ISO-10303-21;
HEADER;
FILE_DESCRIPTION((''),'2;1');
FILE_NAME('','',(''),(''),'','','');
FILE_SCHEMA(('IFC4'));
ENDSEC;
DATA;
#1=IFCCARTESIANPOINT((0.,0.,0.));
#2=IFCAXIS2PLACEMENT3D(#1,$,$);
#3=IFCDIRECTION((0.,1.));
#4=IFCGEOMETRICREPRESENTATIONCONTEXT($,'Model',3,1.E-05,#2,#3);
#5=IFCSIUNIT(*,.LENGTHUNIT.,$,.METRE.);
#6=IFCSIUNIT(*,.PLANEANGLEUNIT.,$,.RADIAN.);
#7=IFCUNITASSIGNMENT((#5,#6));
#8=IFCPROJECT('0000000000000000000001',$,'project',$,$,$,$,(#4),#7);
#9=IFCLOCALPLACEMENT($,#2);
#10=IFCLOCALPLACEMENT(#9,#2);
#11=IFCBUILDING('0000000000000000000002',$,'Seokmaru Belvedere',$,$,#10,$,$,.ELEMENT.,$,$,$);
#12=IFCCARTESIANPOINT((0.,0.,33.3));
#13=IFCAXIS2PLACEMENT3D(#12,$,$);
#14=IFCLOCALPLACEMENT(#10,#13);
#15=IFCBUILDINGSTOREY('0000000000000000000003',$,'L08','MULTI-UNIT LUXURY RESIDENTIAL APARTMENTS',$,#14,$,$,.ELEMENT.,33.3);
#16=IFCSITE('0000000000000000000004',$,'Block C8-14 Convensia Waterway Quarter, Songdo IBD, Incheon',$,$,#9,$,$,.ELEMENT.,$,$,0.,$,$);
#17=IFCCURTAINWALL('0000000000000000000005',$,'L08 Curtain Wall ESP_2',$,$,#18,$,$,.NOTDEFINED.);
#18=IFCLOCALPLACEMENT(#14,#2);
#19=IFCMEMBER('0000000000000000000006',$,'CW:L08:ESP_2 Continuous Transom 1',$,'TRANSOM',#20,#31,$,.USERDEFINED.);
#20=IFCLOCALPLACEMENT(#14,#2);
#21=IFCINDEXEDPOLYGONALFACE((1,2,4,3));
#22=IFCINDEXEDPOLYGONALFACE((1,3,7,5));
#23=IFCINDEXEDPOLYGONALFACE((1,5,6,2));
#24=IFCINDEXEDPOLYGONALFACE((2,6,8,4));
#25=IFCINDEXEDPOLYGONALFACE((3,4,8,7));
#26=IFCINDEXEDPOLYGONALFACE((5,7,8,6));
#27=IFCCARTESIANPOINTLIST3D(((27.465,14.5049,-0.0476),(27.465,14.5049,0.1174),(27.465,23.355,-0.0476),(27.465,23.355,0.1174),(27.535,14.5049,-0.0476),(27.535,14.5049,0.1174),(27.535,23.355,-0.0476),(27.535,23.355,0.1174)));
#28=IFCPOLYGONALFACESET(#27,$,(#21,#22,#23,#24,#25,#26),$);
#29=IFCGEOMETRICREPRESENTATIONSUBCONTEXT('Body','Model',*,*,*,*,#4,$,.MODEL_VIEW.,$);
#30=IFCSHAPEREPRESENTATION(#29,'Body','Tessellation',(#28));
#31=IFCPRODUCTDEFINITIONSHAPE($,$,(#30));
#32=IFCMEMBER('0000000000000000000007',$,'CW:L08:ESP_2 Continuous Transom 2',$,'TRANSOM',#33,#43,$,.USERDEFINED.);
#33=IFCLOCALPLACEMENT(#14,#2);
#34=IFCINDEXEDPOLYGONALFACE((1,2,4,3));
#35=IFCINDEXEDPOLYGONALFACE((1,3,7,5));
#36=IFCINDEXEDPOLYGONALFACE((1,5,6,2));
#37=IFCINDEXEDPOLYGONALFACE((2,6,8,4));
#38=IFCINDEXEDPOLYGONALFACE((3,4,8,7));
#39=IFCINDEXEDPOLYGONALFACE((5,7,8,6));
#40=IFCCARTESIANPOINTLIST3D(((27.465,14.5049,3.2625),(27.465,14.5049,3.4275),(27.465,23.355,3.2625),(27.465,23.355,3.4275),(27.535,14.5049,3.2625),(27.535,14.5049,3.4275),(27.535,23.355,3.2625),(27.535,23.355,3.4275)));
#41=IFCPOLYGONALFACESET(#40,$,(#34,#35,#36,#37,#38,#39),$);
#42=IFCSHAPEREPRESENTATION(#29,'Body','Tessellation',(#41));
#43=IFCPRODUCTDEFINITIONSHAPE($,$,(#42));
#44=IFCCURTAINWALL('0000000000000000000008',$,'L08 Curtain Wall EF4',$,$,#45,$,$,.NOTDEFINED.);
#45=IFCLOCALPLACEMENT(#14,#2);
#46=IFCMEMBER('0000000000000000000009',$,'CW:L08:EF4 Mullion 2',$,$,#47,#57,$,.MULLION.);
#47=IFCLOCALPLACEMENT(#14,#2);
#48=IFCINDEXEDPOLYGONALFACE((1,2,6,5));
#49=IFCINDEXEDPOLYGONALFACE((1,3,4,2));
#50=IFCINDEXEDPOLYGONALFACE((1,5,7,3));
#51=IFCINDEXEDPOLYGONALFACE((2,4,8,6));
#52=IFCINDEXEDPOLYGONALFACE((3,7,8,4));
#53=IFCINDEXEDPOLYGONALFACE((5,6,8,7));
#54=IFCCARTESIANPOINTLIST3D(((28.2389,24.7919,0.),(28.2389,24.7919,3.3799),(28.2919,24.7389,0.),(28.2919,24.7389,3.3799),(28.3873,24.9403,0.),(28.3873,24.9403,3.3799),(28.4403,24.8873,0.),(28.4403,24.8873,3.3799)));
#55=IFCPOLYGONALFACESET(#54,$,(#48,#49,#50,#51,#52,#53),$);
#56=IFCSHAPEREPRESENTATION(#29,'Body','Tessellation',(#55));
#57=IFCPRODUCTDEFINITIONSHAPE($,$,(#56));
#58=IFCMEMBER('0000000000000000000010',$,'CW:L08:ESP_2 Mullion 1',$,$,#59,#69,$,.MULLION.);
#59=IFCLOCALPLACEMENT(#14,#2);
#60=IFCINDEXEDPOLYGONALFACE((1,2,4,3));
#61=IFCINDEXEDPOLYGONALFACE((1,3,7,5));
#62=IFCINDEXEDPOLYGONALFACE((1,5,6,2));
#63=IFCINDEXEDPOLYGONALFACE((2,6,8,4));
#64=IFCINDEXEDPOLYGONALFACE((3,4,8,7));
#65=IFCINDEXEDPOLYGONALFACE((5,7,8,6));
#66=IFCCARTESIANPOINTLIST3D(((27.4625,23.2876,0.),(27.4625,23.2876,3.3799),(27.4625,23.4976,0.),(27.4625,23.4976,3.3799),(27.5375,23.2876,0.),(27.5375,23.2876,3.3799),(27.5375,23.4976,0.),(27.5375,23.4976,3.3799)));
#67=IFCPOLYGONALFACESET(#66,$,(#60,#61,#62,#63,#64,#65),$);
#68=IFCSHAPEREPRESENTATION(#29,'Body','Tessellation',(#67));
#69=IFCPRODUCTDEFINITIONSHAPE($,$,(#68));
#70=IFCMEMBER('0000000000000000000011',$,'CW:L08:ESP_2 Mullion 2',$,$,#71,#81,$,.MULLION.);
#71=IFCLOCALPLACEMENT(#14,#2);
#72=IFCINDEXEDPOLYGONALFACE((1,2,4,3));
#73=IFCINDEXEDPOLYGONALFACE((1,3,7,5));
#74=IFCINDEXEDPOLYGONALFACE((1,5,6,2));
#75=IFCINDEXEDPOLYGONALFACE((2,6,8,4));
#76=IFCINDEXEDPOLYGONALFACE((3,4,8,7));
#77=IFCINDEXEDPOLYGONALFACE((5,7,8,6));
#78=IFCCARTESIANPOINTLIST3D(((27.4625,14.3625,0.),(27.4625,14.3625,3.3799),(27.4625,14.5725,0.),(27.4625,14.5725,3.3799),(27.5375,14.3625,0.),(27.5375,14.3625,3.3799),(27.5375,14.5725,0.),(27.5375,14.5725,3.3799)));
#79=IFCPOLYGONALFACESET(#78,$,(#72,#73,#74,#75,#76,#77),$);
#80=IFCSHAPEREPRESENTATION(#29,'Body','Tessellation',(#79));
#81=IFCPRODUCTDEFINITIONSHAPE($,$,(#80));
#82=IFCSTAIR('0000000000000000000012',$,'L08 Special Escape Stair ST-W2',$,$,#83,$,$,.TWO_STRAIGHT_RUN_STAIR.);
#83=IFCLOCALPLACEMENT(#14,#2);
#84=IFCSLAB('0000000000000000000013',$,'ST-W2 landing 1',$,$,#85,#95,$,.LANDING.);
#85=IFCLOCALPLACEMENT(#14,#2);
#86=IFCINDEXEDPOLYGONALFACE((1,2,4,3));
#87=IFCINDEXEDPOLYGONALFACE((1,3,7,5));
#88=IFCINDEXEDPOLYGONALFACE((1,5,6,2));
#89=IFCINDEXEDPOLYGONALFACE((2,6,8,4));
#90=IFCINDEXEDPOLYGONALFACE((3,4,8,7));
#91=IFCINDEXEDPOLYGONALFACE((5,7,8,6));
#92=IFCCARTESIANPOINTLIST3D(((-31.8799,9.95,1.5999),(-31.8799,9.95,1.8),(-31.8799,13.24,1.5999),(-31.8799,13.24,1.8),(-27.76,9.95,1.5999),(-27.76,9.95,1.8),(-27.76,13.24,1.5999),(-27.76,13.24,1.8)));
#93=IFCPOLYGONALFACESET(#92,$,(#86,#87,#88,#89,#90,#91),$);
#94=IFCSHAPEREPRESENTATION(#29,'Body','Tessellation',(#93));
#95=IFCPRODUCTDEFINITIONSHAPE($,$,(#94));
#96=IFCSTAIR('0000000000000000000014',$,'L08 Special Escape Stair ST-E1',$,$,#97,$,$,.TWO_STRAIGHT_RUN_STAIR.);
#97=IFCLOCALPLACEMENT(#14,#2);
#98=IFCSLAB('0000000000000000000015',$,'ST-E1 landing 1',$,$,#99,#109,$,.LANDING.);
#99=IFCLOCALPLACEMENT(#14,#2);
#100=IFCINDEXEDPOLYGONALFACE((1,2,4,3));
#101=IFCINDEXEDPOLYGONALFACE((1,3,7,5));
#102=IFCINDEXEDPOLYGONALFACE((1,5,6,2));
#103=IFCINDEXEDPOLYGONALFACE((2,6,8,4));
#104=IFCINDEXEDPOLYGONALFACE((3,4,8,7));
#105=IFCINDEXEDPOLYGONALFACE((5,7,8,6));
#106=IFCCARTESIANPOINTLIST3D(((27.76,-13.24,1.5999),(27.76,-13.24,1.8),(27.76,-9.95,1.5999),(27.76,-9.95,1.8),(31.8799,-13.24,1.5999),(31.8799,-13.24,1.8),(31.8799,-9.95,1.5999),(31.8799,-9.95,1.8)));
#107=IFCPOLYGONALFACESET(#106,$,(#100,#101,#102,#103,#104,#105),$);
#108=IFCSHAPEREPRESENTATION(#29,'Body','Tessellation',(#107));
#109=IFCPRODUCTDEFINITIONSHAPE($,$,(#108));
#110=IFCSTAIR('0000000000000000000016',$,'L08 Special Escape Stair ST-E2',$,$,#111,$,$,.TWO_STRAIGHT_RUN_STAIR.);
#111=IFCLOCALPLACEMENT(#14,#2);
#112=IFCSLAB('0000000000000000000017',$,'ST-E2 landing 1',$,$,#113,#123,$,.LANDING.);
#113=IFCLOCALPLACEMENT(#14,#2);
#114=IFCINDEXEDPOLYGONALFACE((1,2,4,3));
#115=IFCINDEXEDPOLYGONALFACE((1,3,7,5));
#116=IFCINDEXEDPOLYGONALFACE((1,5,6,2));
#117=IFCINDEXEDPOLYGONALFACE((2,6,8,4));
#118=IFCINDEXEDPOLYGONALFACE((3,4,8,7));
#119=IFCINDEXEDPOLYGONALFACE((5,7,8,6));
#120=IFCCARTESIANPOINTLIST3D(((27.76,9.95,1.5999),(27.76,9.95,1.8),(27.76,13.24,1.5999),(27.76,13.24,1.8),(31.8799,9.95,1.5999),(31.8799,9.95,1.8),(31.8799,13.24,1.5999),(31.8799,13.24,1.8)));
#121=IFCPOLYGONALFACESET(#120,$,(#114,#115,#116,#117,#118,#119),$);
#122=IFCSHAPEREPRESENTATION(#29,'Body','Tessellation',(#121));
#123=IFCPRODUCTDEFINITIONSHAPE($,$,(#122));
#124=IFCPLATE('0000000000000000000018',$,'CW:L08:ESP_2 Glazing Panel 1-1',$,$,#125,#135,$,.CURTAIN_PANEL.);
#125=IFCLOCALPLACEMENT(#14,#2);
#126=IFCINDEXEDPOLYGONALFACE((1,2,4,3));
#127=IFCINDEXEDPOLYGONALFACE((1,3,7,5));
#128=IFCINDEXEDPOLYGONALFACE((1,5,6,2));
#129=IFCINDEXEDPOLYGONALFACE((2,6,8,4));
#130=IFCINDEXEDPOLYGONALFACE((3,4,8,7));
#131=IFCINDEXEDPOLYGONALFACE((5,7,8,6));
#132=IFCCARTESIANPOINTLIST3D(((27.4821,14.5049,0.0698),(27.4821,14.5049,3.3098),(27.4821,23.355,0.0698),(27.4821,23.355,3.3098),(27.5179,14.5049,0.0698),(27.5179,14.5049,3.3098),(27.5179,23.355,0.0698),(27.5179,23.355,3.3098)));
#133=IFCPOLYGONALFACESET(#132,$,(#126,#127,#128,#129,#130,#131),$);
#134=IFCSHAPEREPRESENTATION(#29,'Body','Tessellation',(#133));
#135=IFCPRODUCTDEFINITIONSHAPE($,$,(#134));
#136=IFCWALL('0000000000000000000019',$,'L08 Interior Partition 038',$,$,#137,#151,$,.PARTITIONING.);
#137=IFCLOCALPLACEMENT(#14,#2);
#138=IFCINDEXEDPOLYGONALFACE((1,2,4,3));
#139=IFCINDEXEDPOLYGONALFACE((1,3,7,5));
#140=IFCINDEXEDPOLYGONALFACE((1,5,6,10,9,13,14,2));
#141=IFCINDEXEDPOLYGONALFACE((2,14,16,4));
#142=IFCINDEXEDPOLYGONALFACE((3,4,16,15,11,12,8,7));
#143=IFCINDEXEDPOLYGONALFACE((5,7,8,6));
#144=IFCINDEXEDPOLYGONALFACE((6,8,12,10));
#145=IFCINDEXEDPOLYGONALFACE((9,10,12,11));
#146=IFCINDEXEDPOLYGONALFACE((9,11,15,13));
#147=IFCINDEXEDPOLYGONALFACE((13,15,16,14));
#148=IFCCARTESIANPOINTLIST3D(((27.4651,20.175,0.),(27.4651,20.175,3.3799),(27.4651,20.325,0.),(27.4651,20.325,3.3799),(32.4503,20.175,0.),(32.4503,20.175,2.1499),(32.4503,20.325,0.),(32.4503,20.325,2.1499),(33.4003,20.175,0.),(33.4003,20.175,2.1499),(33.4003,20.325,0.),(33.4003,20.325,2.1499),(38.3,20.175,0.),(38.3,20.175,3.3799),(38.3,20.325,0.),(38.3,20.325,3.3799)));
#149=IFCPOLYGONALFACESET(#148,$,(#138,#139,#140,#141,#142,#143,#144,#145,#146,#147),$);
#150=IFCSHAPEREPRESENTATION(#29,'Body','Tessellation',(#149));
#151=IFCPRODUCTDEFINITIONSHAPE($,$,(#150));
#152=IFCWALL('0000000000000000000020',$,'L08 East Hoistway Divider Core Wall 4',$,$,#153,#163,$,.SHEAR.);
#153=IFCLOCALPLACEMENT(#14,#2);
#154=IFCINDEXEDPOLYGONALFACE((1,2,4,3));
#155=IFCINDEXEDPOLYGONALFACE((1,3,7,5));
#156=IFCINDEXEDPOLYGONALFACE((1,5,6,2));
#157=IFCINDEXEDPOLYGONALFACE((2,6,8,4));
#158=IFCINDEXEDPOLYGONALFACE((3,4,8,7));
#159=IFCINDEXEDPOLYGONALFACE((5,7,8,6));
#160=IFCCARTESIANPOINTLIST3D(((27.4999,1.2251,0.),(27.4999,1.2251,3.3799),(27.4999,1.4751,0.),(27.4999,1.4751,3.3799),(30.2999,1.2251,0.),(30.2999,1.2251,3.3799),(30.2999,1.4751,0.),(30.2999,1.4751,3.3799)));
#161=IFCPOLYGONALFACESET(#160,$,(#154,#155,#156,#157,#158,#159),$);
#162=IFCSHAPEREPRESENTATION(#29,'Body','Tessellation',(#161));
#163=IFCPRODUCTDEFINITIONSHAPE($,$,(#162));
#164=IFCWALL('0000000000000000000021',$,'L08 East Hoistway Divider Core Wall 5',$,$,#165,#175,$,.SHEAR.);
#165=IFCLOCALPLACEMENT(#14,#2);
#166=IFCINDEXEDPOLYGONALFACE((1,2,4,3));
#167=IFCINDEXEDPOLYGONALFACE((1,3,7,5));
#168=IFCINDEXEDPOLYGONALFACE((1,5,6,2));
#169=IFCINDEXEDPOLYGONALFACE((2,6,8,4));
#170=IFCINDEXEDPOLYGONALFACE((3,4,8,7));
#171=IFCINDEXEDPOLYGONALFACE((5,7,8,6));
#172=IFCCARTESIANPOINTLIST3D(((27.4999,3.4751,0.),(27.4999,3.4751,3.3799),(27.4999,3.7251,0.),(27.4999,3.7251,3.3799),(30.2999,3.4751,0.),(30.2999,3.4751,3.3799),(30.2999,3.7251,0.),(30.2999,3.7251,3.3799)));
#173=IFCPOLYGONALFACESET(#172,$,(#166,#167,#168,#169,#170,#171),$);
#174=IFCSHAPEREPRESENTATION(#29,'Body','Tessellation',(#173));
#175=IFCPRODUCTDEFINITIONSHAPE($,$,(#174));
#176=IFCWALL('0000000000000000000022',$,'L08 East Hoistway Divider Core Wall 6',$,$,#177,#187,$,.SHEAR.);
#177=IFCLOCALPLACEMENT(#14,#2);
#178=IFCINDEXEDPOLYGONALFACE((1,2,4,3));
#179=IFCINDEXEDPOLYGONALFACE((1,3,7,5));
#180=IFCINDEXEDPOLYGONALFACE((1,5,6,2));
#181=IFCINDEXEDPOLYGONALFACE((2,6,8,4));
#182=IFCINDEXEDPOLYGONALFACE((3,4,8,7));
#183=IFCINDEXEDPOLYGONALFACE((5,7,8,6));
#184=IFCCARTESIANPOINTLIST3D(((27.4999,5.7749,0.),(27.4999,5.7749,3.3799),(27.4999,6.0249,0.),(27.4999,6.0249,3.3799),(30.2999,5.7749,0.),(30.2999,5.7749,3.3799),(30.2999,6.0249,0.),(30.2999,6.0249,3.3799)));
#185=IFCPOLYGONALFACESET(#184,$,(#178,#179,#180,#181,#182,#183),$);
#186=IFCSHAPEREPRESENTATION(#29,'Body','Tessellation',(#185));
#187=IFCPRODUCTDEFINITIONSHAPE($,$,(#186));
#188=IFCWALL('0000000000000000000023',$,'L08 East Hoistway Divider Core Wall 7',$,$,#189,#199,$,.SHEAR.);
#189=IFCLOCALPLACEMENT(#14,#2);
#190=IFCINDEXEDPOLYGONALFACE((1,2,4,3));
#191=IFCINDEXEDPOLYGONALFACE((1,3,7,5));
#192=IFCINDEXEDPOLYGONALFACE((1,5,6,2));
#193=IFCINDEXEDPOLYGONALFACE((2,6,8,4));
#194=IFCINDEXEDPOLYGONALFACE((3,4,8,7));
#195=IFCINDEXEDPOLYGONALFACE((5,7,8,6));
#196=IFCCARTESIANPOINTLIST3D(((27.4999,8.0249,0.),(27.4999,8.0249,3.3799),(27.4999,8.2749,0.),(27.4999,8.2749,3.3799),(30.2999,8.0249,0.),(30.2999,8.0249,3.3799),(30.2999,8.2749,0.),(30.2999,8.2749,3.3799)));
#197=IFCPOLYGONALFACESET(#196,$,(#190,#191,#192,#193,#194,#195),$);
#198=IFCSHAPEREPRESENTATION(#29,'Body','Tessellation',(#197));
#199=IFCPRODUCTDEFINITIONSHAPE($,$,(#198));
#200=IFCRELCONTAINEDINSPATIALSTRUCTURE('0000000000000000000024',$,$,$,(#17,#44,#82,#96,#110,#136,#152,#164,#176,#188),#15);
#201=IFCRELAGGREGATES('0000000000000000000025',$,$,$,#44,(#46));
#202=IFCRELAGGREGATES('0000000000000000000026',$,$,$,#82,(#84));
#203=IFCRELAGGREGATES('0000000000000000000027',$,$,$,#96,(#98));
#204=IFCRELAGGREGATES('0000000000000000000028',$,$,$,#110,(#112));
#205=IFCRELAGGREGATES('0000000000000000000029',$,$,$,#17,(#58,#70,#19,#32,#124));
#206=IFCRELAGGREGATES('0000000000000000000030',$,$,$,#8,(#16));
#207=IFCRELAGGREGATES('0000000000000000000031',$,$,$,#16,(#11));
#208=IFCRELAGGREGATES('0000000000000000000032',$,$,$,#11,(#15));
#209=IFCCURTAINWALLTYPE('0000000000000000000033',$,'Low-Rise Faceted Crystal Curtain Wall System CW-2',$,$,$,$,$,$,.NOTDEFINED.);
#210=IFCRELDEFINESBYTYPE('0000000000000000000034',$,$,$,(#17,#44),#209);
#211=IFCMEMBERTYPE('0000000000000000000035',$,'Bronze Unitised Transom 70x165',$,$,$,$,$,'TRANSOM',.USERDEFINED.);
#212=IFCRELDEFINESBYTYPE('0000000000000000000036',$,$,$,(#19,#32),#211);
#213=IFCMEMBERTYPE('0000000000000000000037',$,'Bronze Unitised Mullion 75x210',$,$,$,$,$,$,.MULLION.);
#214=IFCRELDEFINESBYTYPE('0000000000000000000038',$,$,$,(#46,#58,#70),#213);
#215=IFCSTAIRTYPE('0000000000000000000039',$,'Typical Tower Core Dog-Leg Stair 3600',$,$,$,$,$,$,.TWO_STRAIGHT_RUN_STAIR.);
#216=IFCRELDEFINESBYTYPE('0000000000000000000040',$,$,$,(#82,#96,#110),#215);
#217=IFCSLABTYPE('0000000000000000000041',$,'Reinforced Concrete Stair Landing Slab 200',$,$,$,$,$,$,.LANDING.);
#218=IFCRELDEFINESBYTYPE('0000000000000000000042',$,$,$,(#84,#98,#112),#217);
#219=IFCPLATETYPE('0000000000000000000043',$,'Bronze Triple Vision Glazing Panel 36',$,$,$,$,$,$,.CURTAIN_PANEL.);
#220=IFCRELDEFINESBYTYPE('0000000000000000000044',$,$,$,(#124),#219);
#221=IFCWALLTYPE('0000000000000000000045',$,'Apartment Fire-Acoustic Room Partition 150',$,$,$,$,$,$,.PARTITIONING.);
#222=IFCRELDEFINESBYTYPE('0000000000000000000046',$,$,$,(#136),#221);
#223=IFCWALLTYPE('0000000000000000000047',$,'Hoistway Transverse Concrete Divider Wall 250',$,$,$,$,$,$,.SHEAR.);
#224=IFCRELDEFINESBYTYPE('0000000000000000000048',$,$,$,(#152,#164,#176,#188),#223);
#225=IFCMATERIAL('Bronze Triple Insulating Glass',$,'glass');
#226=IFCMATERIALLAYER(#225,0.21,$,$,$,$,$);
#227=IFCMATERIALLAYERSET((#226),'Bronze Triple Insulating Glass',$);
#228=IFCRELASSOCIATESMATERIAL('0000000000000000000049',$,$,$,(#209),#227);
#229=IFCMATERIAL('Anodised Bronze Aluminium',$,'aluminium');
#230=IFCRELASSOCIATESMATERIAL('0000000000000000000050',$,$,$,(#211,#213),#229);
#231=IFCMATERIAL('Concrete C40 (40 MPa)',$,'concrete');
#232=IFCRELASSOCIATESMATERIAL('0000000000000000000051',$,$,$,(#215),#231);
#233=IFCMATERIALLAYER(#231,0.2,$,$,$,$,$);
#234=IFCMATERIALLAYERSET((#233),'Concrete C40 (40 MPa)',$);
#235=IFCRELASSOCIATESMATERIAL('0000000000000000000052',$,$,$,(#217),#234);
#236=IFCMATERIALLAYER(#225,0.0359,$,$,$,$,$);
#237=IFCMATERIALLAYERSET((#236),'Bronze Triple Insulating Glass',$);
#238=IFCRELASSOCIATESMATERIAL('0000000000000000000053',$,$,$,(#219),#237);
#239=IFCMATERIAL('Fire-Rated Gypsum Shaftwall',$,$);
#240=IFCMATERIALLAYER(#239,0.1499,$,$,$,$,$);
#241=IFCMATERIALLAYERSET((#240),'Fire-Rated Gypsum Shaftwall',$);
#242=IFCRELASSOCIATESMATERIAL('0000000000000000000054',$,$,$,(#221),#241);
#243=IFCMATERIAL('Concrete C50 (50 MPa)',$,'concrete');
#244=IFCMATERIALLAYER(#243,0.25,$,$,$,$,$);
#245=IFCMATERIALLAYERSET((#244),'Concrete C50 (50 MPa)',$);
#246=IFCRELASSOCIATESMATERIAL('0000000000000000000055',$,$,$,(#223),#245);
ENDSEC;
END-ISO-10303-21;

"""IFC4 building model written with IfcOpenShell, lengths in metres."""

from ifc_helpers import new_model, si_unit, direction, frame, frame_2d, origin, origin_2d, place, context, subcontext, project, spatial, polyline, rectangle, outline, extrude, source, transform, mapped, material, layer, layer_set, material_profile, profile_set, type_object, type_shapes, element, aggregate, save


model = new_model("IFC4")

# Units and contexts
model_context = context("Model", 3, precision=1e-05, world=origin(), true_north=direction((0.0, 1.0)))
body_context = subcontext(model_context, "Body", "Model", "MODEL_VIEW")
ifc_project = project(units=[si_unit("LENGTHUNIT", "METRE"), si_unit("PLANEANGLEUNIT", "RADIAN")], contexts=[model_context])

# Site, building, storey
site_placement = place(None, origin())
site = spatial("IfcSite", under=ifc_project, at=site_placement, Name="Block C8-14 Convensia Waterway Quarter, Songdo IBD, Incheon", CompositionType="ELEMENT", RefElevation=0.0)
building_placement = place(site_placement, origin())
building = spatial("IfcBuilding", under=site, at=building_placement, Name="Seokmaru Belvedere", CompositionType="ELEMENT")
storey_placement = place(building_placement, frame((0.0, 0.0, 33.3)))
storey = spatial("IfcBuildingStorey", under=building, at=storey_placement, Name="L08", Description="MULTI-UNIT LUXURY RESIDENTIAL APARTMENTS", CompositionType="ELEMENT", Elevation=33.3)

# Curtain wall, members
ifc_material_1 = material(Name="Bronze Triple Insulating Glass", Category="glass")
ifc_layer_1 = layer(ifc_material_1, 0.21)
ifc_layer_set_1 = layer_set([ifc_layer_1], Name="Bronze Triple Insulating Glass")
curtain_wall_type = type_object("IfcCurtainWallType", Name="Low-Rise Faceted Crystal Curtain Wall System CW-2", PredefinedType="NOTDEFINED", material=ifc_layer_set_1)
curtain_wall_1_placement = place(storey_placement, origin())
curtain_wall_1 = element("IfcCurtainWall", 1, at=curtain_wall_1_placement, inside=storey, type_object=curtain_wall_type, Name="L08 Curtain Wall ESP_2", PredefinedType="NOTDEFINED")
ifc_material_2 = material(Name="Anodised Bronze Aluminium", Category="aluminium")
ifc_material_profile_1 = material_profile(ifc_material_2, rectangle(XDim=0.0701, YDim=0.165, at=origin_2d()), Name="CW-T-70x165")
ifc_profile_set_1 = profile_set([ifc_material_profile_1], Name="Anodised Bronze Aluminium")
member_type_1 = type_object("IfcMemberType", Name="Bronze Unitised Transom 70x165", ElementType="TRANSOM", PredefinedType="USERDEFINED", material=ifc_profile_set_1)
shared_shape_1 = source(origin(), body_context, "Body", "SweptSolid", [
    extrude(rectangle(XDim=0.0701, YDim=0.165, at=origin_2d()), origin(), (0.0, 0.0, 1.0), 8.8501),
])
type_shapes(member_type_1, [shared_shape_1])
member_1_placement = place(storey_placement, frame((27.5, 23.355, 0.0349), z_axis=(0.0, -1.0, 0.0), x_axis=(1.0, 0.0, 0.0)))
member_1 = element("IfcMember", 2, at=member_1_placement, type_object=member_type_1, Name="CW:L08:ESP_2 Continuous Transom 1", ObjectType="TRANSOM", PredefinedType="USERDEFINED", context=body_context, shape_type="MappedRepresentation", body=[
    mapped(shared_shape_1, transform((0.0, 0.0, 0.0), scale=1.0)),
])
member_2_placement = place(storey_placement, frame((27.5, 23.355, 3.345), z_axis=(0.0, -1.0, 0.0), x_axis=(1.0, 0.0, 0.0)))
member_2 = element("IfcMember", 3, at=member_2_placement, type_object=member_type_1, Name="CW:L08:ESP_2 Continuous Transom 2", ObjectType="TRANSOM", PredefinedType="USERDEFINED", context=body_context, shape_type="MappedRepresentation", body=[
    mapped(shared_shape_1, transform((0.0, 0.0, 0.0), scale=1.0)),
])

# Curtain wall, member
curtain_wall_2_placement = place(storey_placement, origin())
curtain_wall_2 = element("IfcCurtainWall", 4, at=curtain_wall_2_placement, inside=storey, type_object=curtain_wall_type, Name="L08 Curtain Wall EF4", PredefinedType="NOTDEFINED")
ifc_material_profile_2 = material_profile(ifc_material_2, rectangle(XDim=0.075, YDim=0.21, at=origin_2d()), Name="CW-M-75x210")
ifc_profile_set_2 = profile_set([ifc_material_profile_2], Name="Anodised Bronze Aluminium")
member_type_2 = type_object("IfcMemberType", Name="Bronze Unitised Mullion 75x210", PredefinedType="MULLION", material=ifc_profile_set_2)
shared_shape_2 = source(origin(), body_context, "Body", "SweptSolid", [
    extrude(rectangle(XDim=0.075, YDim=0.21, at=origin_2d()), origin(), (0.0, 0.0, 1.0), 3.3799),
])
type_shapes(member_type_2, [shared_shape_2])
member_3_placement = place(storey_placement, frame((28.3396, 24.8396, 0.0), z_axis=(0.0, 0.0, 1.0), x_axis=(0.707107, -0.707107, 0.0)))
member_3 = element("IfcMember", 5, at=member_3_placement, type_object=member_type_2, Name="CW:L08:EF4 Mullion 2", PredefinedType="MULLION", context=body_context, shape_type="MappedRepresentation", body=[
    mapped(shared_shape_2, transform((0.0, 0.0, 0.0), scale=1.0)),
])
aggregate(curtain_wall_2, [member_3])

# Members
member_4_placement = place(storey_placement, frame((27.5, 23.3926, 0.0), z_axis=(0.0, 0.0, 1.0), x_axis=(1.0, 0.0, 0.0)))
member_4 = element("IfcMember", 6, at=member_4_placement, type_object=member_type_2, Name="CW:L08:ESP_2 Mullion 1", PredefinedType="MULLION", context=body_context, shape_type="MappedRepresentation", body=[
    mapped(shared_shape_2, transform((0.0, 0.0, 0.0), scale=1.0)),
])
member_5_placement = place(storey_placement, frame((27.5, 14.4675, 0.0), z_axis=(0.0, 0.0, 1.0), x_axis=(1.0, 0.0, 0.0)))
member_5 = element("IfcMember", 7, at=member_5_placement, type_object=member_type_2, Name="CW:L08:ESP_2 Mullion 2", PredefinedType="MULLION", context=body_context, shape_type="MappedRepresentation", body=[
    mapped(shared_shape_2, transform((0.0, 0.0, 0.0), scale=1.0)),
])

# Stairs, slabs
ifc_material_3 = material(Name="Concrete C40 (40 MPa)", Category="concrete")
stair_type = type_object("IfcStairType", Name="Typical Tower Core Dog-Leg Stair 3600", PredefinedType="TWO_STRAIGHT_RUN_STAIR", material=ifc_material_3)
stair_1_placement = place(storey_placement, origin())
stair_1 = element("IfcStair", 8, at=stair_1_placement, inside=storey, type_object=stair_type, Name="L08 Special Escape Stair ST-W2", PredefinedType="TWO_STRAIGHT_RUN_STAIR")
ifc_layer_2 = layer(ifc_material_3, 0.2)
ifc_layer_set_2 = layer_set([ifc_layer_2], Name="Concrete C40 (40 MPa)")
slab_type = type_object("IfcSlabType", Name="Reinforced Concrete Stair Landing Slab 200", PredefinedType="LANDING", material=ifc_layer_set_2)
slab_1_placement = place(storey_placement, frame((0.0, 0.0, 1.5999)))
slab_1 = element("IfcSlab", 9, at=slab_1_placement, type_object=slab_type, Name="ST-W2 landing 1", PredefinedType="LANDING", context=body_context, shape_type="SweptSolid", body=[
    extrude(outline(polyline([(-31.8799, 9.95), (-27.76, 9.95), (-27.76, 13.24), (-31.8799, 13.24), (-31.8799, 9.95)])), origin(), (0.0, 0.0, 1.0), 0.2002),
])
aggregate(stair_1, [slab_1])
stair_2_placement = place(storey_placement, origin())
stair_2 = element("IfcStair", 10, at=stair_2_placement, inside=storey, type_object=stair_type, Name="L08 Special Escape Stair ST-E1", PredefinedType="TWO_STRAIGHT_RUN_STAIR")
slab_2_placement = place(storey_placement, frame((0.0, 0.0, 1.5999)))
slab_2 = element("IfcSlab", 11, at=slab_2_placement, type_object=slab_type, Name="ST-E1 landing 1", PredefinedType="LANDING", context=body_context, shape_type="SweptSolid", body=[
    extrude(outline(polyline([(27.76, -13.24), (31.8799, -13.24), (31.8799, -9.95), (27.76, -9.95), (27.76, -13.24)])), origin(), (0.0, 0.0, 1.0), 0.2002),
])
aggregate(stair_2, [slab_2])
stair_3_placement = place(storey_placement, origin())
stair_3 = element("IfcStair", 12, at=stair_3_placement, inside=storey, type_object=stair_type, Name="L08 Special Escape Stair ST-E2", PredefinedType="TWO_STRAIGHT_RUN_STAIR")
slab_3_placement = place(storey_placement, frame((0.0, 0.0, 1.5999)))
slab_3 = element("IfcSlab", 13, at=slab_3_placement, type_object=slab_type, Name="ST-E2 landing 1", PredefinedType="LANDING", context=body_context, shape_type="SweptSolid", body=[
    extrude(outline(polyline([(27.76, 9.95), (31.8799, 9.95), (31.8799, 13.24), (27.76, 13.24), (27.76, 9.95)])), origin(), (0.0, 0.0, 1.0), 0.2002),
])
aggregate(stair_3, [slab_3])

# Plate
ifc_layer_3 = layer(ifc_material_1, 0.0359)
ifc_layer_set_3 = layer_set([ifc_layer_3], Name="Bronze Triple Insulating Glass")
plate_type = type_object("IfcPlateType", Name="Bronze Triple Vision Glazing Panel 36", PredefinedType="CURTAIN_PANEL", material=ifc_layer_set_3)
shared_shape_3 = source(origin(), body_context, "Body", "SweptSolid", [
    extrude(rectangle(XDim=8.8501, YDim=0.0359, at=origin_2d()), origin(), (0.0, 0.0, 1.0), 3.24),
])
type_shapes(plate_type, [shared_shape_3])
plate_placement = place(storey_placement, frame((27.5, 18.9299, 0.0698), z_axis=(0.0, 0.0, 1.0), x_axis=(0.0, -1.0, 0.0)))
plate = element("IfcPlate", 14, at=plate_placement, type_object=plate_type, Name="CW:L08:ESP_2 Glazing Panel 1-1", PredefinedType="CURTAIN_PANEL", context=body_context, shape_type="MappedRepresentation", body=[
    mapped(shared_shape_3, transform((0.0, 0.0, 0.0), scale=1.0)),
])
aggregate(curtain_wall_1, [member_4, member_5, member_1, member_2, plate])

# Wall, opening
ifc_material_4 = material(Name="Fire-Rated Gypsum Shaftwall")
ifc_layer_4 = layer(ifc_material_4, 0.1499)
ifc_layer_set_4 = layer_set([ifc_layer_4], Name="Fire-Rated Gypsum Shaftwall")
wall_type_1 = type_object("IfcWallType", Name="Apartment Fire-Acoustic Room Partition 150", PredefinedType="PARTITIONING", material=ifc_layer_set_4)
wall_1_placement = place(storey_placement, frame((27.4651, 20.25, 0.0), z_axis=(0.0, 0.0, 1.0), x_axis=(1.0, 0.0, 0.0)))
wall_1 = element("IfcWall", 15, at=wall_1_placement, inside=storey, type_object=wall_type_1, Name="L08 Interior Partition 038", PredefinedType="PARTITIONING", context=body_context, shape_type="SweptSolid", body=[
    extrude(rectangle(XDim=10.835, YDim=0.1499, at=frame_2d((5.4175, 0.0))), origin(), (0.0, 0.0, 1.0), 3.3799),
])
opening_1_placement = place(wall_1_placement, frame((4.9851, 0.0, 0.0)))
element("IfcOpeningElement", 16, at=opening_1_placement, cuts=wall_1, PredefinedType="OPENING", context=body_context, shape_type="SweptSolid", body=[
    extrude(rectangle(XDim=0.95, YDim=2.1499, at=frame_2d((0.4751, 1.075))), frame((0.0, 0.085, 0.0), z_axis=(0.0, -1.0, 0.0), x_axis=(1.0, 0.0, 0.0)), (0.0, 0.0, 1.0), 0.1699),
])

# Walls
ifc_material_5 = material(Name="Concrete C50 (50 MPa)", Category="concrete")
ifc_layer_5 = layer(ifc_material_5, 0.25)
ifc_layer_set_5 = layer_set([ifc_layer_5], Name="Concrete C50 (50 MPa)")
wall_type_2 = type_object("IfcWallType", Name="Hoistway Transverse Concrete Divider Wall 250", PredefinedType="SHEAR", material=ifc_layer_set_5)
for number, where, z_axis, x_axis, name in (
    (17, (27.5, 1.3501, 0.0), (0.0, 0.0, 1.0), (1.0, 0.0, 0.0), "L08 East Hoistway Divider Core Wall 4"),
    (18, (27.5, 3.6001, 0.0), (0.0, 0.0, 1.0), (1.0, 0.0, 0.0), "L08 East Hoistway Divider Core Wall 5"),
    (19, (27.5, 5.8999, 0.0), (0.0, 0.0, 1.0), (1.0, 0.0, 0.0), "L08 East Hoistway Divider Core Wall 6"),
    (20, (27.5, 8.1499, 0.0), (0.0, 0.0, 1.0), (1.0, 0.0, 0.0), "L08 East Hoistway Divider Core Wall 7"),
):
    element("IfcWall", number, at=place(storey_placement, frame(where, z_axis=z_axis, x_axis=x_axis)), inside=storey, type_object=wall_type_2, Name=name, PredefinedType="SHEAR", context=body_context, shape_type="SweptSolid", body=[
        extrude(rectangle(XDim=2.8, YDim=0.25, at=frame_2d((1.3999, 0.0))), origin(), (0.0, 0.0, 1.0), 3.3799),
    ])

save(model, "model.ifc")
